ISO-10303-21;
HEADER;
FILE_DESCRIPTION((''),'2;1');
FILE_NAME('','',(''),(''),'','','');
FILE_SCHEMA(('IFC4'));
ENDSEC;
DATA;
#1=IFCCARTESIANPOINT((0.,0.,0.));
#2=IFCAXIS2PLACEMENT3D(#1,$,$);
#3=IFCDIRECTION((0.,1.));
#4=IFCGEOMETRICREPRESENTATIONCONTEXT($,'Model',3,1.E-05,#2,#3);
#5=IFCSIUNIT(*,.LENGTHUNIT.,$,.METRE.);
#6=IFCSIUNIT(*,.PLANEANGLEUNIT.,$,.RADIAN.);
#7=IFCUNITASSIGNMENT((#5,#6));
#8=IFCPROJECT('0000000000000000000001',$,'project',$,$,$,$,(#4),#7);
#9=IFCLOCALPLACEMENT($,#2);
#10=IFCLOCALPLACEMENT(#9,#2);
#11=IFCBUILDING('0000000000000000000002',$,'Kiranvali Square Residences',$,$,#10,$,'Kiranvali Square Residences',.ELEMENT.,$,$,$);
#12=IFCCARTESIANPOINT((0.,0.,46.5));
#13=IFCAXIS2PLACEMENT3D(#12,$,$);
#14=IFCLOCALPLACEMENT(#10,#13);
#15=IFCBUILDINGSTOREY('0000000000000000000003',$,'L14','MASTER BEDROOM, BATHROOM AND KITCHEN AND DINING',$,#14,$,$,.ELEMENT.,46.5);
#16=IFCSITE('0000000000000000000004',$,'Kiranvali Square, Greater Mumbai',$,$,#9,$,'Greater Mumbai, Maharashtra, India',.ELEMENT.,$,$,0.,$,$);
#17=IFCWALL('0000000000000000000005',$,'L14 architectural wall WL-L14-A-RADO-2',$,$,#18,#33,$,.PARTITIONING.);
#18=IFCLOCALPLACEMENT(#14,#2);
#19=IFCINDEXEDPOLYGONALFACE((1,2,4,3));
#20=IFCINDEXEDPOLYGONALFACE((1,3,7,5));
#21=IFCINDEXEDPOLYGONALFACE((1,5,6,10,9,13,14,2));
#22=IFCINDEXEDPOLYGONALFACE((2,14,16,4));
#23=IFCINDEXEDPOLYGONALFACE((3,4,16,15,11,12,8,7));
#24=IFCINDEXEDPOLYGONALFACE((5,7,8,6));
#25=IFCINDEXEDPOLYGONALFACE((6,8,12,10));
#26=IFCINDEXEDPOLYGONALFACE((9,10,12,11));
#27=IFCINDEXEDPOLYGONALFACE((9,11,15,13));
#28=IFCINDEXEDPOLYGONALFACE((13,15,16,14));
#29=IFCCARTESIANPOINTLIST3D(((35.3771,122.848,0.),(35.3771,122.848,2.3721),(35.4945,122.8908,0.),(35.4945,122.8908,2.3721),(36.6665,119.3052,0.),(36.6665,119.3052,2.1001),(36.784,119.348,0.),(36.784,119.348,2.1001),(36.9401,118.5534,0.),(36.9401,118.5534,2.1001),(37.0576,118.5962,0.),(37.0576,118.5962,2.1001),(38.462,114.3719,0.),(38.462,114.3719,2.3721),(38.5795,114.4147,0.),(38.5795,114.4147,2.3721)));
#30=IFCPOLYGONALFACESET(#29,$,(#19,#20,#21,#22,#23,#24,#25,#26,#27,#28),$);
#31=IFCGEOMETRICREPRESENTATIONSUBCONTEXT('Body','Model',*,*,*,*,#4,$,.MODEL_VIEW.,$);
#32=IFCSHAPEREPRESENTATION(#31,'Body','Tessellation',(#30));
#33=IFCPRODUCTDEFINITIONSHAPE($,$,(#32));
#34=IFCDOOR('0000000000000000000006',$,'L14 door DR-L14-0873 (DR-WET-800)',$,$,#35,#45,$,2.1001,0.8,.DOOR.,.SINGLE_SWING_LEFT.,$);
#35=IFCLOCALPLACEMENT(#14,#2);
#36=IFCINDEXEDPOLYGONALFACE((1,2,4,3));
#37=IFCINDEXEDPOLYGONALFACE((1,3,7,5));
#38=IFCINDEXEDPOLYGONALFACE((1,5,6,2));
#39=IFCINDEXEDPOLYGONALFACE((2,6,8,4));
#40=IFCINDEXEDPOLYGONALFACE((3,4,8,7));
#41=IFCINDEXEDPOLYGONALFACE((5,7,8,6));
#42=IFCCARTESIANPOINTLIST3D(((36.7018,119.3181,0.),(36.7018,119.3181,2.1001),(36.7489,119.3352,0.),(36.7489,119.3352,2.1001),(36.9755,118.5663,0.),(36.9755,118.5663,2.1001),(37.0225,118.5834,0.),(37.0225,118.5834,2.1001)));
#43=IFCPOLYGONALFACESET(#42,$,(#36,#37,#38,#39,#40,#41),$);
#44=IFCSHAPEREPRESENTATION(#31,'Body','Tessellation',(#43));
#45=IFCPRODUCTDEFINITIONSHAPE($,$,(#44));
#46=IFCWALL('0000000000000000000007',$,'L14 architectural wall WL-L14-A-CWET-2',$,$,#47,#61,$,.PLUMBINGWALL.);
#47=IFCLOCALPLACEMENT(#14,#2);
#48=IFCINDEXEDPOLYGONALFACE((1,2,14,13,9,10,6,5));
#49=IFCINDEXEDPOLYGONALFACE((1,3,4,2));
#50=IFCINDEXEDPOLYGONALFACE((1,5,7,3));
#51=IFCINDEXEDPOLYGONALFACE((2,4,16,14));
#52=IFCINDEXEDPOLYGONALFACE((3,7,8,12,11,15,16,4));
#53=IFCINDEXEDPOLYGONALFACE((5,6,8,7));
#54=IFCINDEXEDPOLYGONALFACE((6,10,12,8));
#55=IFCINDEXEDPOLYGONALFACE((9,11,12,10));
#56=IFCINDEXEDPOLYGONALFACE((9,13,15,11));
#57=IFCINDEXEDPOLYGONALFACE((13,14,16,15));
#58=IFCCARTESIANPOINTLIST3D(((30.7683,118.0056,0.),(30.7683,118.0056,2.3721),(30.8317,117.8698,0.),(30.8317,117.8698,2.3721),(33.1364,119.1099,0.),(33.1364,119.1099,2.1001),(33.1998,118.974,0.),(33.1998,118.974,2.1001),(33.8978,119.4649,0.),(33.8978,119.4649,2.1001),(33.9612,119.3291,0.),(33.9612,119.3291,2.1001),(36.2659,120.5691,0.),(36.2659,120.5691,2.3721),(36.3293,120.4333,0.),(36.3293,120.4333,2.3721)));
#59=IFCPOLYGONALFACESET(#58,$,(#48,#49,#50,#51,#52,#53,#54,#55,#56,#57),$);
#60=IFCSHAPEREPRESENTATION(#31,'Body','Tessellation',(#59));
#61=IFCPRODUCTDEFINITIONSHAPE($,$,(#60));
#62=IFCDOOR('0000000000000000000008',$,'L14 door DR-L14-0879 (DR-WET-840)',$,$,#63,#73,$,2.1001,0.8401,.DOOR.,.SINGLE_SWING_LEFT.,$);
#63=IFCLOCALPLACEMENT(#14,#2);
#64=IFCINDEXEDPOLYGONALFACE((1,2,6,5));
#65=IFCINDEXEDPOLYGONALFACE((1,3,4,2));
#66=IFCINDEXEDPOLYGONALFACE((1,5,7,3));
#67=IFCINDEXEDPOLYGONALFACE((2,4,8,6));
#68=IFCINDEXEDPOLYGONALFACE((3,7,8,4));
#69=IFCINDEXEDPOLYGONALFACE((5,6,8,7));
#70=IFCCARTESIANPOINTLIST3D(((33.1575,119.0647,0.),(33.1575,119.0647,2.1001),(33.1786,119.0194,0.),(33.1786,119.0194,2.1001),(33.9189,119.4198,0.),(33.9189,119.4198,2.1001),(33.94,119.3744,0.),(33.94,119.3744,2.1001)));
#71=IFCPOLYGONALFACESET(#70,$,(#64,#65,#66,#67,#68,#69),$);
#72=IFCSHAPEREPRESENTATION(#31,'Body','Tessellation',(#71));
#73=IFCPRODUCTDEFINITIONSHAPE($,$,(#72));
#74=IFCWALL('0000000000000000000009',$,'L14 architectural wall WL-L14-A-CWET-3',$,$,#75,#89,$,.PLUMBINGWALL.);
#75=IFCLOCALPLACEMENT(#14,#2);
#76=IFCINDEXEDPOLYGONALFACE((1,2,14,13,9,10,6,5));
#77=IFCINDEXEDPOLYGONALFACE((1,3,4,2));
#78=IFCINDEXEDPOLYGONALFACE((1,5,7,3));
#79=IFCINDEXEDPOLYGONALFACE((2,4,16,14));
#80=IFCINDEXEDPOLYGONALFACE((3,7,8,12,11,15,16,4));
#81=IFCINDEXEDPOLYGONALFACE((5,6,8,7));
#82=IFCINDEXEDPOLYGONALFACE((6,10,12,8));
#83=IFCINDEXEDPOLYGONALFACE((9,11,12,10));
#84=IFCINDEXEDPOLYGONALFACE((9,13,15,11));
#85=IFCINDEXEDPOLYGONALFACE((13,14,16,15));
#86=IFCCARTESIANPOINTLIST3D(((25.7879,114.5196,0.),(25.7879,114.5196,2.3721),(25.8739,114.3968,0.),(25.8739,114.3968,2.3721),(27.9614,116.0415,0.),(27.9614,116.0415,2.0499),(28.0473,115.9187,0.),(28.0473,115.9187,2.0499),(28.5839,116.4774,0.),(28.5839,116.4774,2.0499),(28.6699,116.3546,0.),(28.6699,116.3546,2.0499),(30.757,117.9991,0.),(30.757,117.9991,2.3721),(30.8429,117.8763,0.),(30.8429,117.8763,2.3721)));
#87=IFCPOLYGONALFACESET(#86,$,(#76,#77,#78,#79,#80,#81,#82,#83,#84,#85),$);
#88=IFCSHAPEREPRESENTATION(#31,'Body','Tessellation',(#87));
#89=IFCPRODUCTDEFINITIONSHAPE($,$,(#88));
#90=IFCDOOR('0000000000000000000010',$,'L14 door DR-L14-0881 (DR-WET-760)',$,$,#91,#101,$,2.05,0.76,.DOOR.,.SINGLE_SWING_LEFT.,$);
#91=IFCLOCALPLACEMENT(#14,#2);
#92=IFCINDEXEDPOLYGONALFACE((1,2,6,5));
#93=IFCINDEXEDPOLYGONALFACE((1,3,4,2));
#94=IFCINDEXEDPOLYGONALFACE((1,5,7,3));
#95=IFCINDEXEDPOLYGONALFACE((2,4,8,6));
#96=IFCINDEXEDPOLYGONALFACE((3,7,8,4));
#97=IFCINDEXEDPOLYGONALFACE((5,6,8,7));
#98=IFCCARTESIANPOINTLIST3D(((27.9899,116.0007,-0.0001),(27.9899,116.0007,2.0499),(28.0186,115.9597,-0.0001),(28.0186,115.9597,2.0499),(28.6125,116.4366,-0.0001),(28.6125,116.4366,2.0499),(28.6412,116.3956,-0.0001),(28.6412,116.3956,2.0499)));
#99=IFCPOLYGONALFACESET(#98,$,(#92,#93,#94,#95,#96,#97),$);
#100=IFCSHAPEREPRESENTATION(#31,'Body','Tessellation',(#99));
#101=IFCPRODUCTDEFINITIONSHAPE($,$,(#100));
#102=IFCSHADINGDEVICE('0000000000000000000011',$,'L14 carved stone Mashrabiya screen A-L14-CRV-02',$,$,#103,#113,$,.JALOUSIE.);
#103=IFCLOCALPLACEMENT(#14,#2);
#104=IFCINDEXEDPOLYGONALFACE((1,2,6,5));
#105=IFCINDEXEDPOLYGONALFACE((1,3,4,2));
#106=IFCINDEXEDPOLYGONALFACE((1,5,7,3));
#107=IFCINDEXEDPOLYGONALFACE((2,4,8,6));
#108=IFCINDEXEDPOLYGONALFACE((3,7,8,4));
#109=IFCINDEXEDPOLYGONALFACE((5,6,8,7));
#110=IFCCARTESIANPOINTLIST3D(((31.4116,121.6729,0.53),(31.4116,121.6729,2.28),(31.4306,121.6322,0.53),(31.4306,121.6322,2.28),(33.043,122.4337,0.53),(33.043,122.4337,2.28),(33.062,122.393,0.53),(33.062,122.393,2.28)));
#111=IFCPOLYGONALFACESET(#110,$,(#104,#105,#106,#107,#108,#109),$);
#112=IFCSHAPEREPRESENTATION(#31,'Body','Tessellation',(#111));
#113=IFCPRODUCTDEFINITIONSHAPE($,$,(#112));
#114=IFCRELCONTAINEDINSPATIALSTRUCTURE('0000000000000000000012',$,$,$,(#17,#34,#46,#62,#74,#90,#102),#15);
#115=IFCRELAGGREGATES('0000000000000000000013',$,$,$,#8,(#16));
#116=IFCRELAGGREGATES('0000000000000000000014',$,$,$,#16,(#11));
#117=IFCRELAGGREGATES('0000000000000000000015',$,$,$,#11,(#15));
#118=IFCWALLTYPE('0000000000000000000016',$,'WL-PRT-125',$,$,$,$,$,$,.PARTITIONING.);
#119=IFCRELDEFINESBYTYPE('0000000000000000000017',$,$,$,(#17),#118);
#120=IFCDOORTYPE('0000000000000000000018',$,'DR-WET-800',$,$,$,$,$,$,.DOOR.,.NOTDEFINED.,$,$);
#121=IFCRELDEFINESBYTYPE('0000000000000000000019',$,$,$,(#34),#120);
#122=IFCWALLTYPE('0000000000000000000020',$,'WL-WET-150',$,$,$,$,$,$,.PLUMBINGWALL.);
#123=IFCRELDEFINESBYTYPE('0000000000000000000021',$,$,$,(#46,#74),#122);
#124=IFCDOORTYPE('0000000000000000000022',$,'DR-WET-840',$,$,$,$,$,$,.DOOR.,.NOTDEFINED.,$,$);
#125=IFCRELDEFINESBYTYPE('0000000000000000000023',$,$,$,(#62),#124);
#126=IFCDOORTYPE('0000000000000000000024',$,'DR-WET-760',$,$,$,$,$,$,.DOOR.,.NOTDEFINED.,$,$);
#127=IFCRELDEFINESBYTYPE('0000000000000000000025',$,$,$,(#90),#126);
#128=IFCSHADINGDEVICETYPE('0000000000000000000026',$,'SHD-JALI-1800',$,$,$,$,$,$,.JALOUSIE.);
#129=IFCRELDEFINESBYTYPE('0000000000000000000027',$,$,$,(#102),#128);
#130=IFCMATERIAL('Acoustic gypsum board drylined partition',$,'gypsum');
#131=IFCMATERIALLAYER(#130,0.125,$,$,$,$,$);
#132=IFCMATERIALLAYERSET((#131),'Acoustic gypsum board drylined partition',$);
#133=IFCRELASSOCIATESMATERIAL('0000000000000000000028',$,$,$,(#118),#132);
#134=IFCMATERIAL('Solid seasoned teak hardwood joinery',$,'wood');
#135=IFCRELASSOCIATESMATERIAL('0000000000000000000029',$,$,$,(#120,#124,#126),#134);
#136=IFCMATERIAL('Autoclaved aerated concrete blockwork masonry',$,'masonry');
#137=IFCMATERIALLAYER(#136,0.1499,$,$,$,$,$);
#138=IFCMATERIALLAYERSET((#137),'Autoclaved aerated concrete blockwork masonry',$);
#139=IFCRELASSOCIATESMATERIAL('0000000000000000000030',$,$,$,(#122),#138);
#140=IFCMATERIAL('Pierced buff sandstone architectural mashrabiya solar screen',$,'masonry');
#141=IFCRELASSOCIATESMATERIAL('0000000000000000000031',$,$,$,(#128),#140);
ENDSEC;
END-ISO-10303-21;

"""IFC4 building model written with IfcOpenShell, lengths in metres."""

from ifc_helpers import new_model, si_unit, direction, frame, frame_2d, origin, origin_2d, place, context, subcontext, project, spatial, rectangle, extrude, material, layer, layer_set, type_object, element, fill, save


model = new_model("IFC4")

# Units and contexts
model_context = context("Model", 3, precision=1e-05, world=origin(), true_north=direction((0.0, 1.0)))
body_context = subcontext(model_context, "Body", "Model", "MODEL_VIEW")
ifc_project = project(units=[si_unit("LENGTHUNIT", "METRE"), si_unit("PLANEANGLEUNIT", "RADIAN")], contexts=[model_context])

# Site, building, storey
site_placement = place(None, origin())
site = spatial("IfcSite", under=ifc_project, at=site_placement, Name="Kiranvali Square, Greater Mumbai", LongName="Greater Mumbai, Maharashtra, India", CompositionType="ELEMENT", RefElevation=0.0)
building_placement = place(site_placement, origin())
building = spatial("IfcBuilding", under=site, at=building_placement, Name="Kiranvali Square Residences", LongName="Kiranvali Square Residences", CompositionType="ELEMENT")
storey_placement = place(building_placement, frame((0.0, 0.0, 46.5)))
storey = spatial("IfcBuildingStorey", under=building, at=storey_placement, Name="L14", Description="MASTER BEDROOM, BATHROOM AND KITCHEN AND DINING", CompositionType="ELEMENT", Elevation=46.5)

# Shared definitions
ifc_material_1 = material(Name="Autoclaved aerated concrete blockwork masonry", Category="masonry")

# Walls, openings, doors
ifc_material_2 = material(Name="Acoustic gypsum board drylined partition", Category="gypsum")
ifc_layer_1 = layer(ifc_material_2, 0.125)
ifc_layer_set_1 = layer_set([ifc_layer_1], Name="Acoustic gypsum board drylined partition")
wall_type_1 = type_object("IfcWallType", Name="WL-PRT-125", PredefinedType="PARTITIONING", material=ifc_layer_set_1)
wall_1_placement = place(storey_placement, frame((38.5208, 114.3933, 0.0), z_axis=(0.0, 0.0, 1.0), x_axis=(-0.342013, 0.939695, 0.0)))
wall_1 = element("IfcWall", 1, at=wall_1_placement, inside=storey, type_object=wall_type_1, Name="L14 architectural wall WL-L14-A-RADO-2", PredefinedType="PARTITIONING", context=body_context, shape_type="SweptSolid", body=[
    extrude(rectangle(XDim=9.02, YDim=0.125, at=frame_2d((4.51, 0.0))), origin(), (0.0, 0.0, 1.0), 2.3721),
])
opening_1_placement = place(wall_1_placement, frame((4.45, 0.0, 0.0)))
opening_1 = element("IfcOpeningElement", 2, at=opening_1_placement, cuts=wall_1, PredefinedType="OPENING", context=body_context, shape_type="SweptSolid", body=[
    extrude(rectangle(XDim=0.8, YDim=2.1001, at=frame_2d((0.3999, 1.05))), frame((0.0, 0.0725, 0.0), z_axis=(0.0, -1.0, 0.0), x_axis=(1.0, 0.0, 0.0)), (0.0, 0.0, 1.0), 0.145),
])
ifc_material_3 = material(Name="Solid seasoned teak hardwood joinery", Category="wood")
door_type_1 = type_object("IfcDoorType", Name="DR-WET-800", OperationType="NOTDEFINED", PredefinedType="DOOR", material=ifc_material_3)
door_1_placement = place(opening_1_placement, origin())
door_1 = element("IfcDoor", 3, at=door_1_placement, inside=storey, type_object=door_type_1, Name="L14 door DR-L14-0873 (DR-WET-800)", OperationType="SINGLE_SWING_LEFT", OverallHeight=2.1001, OverallWidth=0.8, PredefinedType="DOOR", context=body_context, shape_type="SweptSolid", body=[
    extrude(rectangle(XDim=0.8, YDim=2.1001, at=frame_2d((0.3999, 1.05))), frame((0.0, 0.0249, 0.0), z_axis=(0.0, -1.0, 0.0), x_axis=(1.0, 0.0, 0.0)), (0.0, 0.0, 1.0), 0.05),
])
fill(opening_1, door_1)
ifc_layer_2 = layer(ifc_material_1, 0.1499)
ifc_layer_set_2 = layer_set([ifc_layer_2], Name="Autoclaved aerated concrete blockwork masonry")
wall_type_2 = type_object("IfcWallType", Name="WL-WET-150", PredefinedType="PLUMBINGWALL", material=ifc_layer_set_2)
wall_2_placement = place(storey_placement, frame((36.2976, 120.5012, 0.0), z_axis=(0.0, 0.0, 1.0), x_axis=(-0.906313, -0.422608, 0.0)))
wall_2 = element("IfcWall", 4, at=wall_2_placement, inside=storey, type_object=wall_type_2, Name="L14 architectural wall WL-L14-A-CWET-2", PredefinedType="PLUMBINGWALL", context=body_context, shape_type="SweptSolid", body=[
    extrude(rectangle(XDim=6.0659, YDim=0.1499, at=frame_2d((3.033, 0.0))), origin(), (0.0, 0.0, 1.0), 2.3721),
])
opening_2_placement = place(wall_2_placement, frame((2.613, 0.0, 0.0)))
opening_2 = element("IfcOpeningElement", 5, at=opening_2_placement, cuts=wall_2, PredefinedType="OPENING", context=body_context, shape_type="SweptSolid", body=[
    extrude(rectangle(XDim=0.8401, YDim=2.1001, at=frame_2d((0.4199, 1.05))), frame((0.0, 0.085, 0.0), z_axis=(0.0, -1.0, 0.0), x_axis=(1.0, 0.0, 0.0)), (0.0, 0.0, 1.0), 0.1699),
])
door_type_2 = type_object("IfcDoorType", Name="DR-WET-840", OperationType="NOTDEFINED", PredefinedType="DOOR", material=ifc_material_3)
door_2_placement = place(opening_2_placement, origin())
door_2 = element("IfcDoor", 6, at=door_2_placement, inside=storey, type_object=door_type_2, Name="L14 door DR-L14-0879 (DR-WET-840)", OperationType="SINGLE_SWING_LEFT", OverallHeight=2.1001, OverallWidth=0.8401, PredefinedType="DOOR", context=body_context, shape_type="SweptSolid", body=[
    extrude(rectangle(XDim=0.8401, YDim=2.1001, at=frame_2d((0.4199, 1.05))), frame((0.0, 0.0249, 0.0), z_axis=(0.0, -1.0, 0.0), x_axis=(1.0, 0.0, 0.0)), (0.0, 0.0, 1.0), 0.05),
])
fill(opening_2, door_2)
wall_3_placement = place(storey_placement, frame((30.8, 117.9377, 0.0), z_axis=(0.0, 0.0, 1.0), x_axis=(-0.819139, -0.573595, 0.0)))
wall_3 = element("IfcWall", 7, at=wall_3_placement, inside=storey, type_object=wall_type_2, Name="L14 architectural wall WL-L14-A-CWET-3", PredefinedType="PLUMBINGWALL", context=body_context, shape_type="SweptSolid", body=[
    extrude(rectangle(XDim=6.0662, YDim=0.1499, at=frame_2d((3.0332, 0.0))), origin(), (0.0, 0.0, 1.0), 2.3721),
])
opening_3_placement = place(wall_3_placement, frame((2.6531, 0.0, 0.0)))
opening_3 = element("IfcOpeningElement", 8, at=opening_3_placement, cuts=wall_3, PredefinedType="OPENING", context=body_context, shape_type="SweptSolid", body=[
    extrude(rectangle(XDim=0.76, YDim=2.05, at=frame_2d((0.3799, 1.0249))), frame((0.0, 0.085, 0.0), z_axis=(0.0, -1.0, 0.0), x_axis=(1.0, 0.0, 0.0)), (0.0, 0.0, 1.0), 0.1699),
])
door_type_3 = type_object("IfcDoorType", Name="DR-WET-760", OperationType="NOTDEFINED", PredefinedType="DOOR", material=ifc_material_3)
door_3_placement = place(opening_3_placement, origin())
door_3 = element("IfcDoor", 9, at=door_3_placement, inside=storey, type_object=door_type_3, Name="L14 door DR-L14-0881 (DR-WET-760)", OperationType="SINGLE_SWING_LEFT", OverallHeight=2.05, OverallWidth=0.76, PredefinedType="DOOR", context=body_context, shape_type="SweptSolid", body=[
    extrude(rectangle(XDim=0.76, YDim=2.05, at=frame_2d((0.3799, 1.0249))), frame((0.0, 0.0249, 0.0), z_axis=(0.0, -1.0, 0.0), x_axis=(1.0, 0.0, 0.0)), (0.0, 0.0, 1.0), 0.05),
])
fill(opening_3, door_3)

# Shading device
ifc_material_4 = material(Name="Pierced buff sandstone architectural mashrabiya solar screen", Category="masonry")
shading_device_type = type_object("IfcShadingDeviceType", Name="SHD-JALI-1800", PredefinedType="JALOUSIE", material=ifc_material_4)
shading_device_placement = place(storey_placement, frame((32.2368, 122.033, 0.53), z_axis=(0.0, 0.0, 1.0), x_axis=(-0.906308, -0.422618, 0.0)))
element("IfcShadingDevice", 10, at=shading_device_placement, inside=storey, type_object=shading_device_type, Name="L14 carved stone Mashrabiya screen A-L14-CRV-02", PredefinedType="JALOUSIE", context=body_context, shape_type="SweptSolid", body=[
    extrude(rectangle(XDim=1.8, YDim=0.0449, at=origin_2d()), origin(), (0.0, 0.0, 1.0), 1.75),
])

save(model, "model.ifc")
